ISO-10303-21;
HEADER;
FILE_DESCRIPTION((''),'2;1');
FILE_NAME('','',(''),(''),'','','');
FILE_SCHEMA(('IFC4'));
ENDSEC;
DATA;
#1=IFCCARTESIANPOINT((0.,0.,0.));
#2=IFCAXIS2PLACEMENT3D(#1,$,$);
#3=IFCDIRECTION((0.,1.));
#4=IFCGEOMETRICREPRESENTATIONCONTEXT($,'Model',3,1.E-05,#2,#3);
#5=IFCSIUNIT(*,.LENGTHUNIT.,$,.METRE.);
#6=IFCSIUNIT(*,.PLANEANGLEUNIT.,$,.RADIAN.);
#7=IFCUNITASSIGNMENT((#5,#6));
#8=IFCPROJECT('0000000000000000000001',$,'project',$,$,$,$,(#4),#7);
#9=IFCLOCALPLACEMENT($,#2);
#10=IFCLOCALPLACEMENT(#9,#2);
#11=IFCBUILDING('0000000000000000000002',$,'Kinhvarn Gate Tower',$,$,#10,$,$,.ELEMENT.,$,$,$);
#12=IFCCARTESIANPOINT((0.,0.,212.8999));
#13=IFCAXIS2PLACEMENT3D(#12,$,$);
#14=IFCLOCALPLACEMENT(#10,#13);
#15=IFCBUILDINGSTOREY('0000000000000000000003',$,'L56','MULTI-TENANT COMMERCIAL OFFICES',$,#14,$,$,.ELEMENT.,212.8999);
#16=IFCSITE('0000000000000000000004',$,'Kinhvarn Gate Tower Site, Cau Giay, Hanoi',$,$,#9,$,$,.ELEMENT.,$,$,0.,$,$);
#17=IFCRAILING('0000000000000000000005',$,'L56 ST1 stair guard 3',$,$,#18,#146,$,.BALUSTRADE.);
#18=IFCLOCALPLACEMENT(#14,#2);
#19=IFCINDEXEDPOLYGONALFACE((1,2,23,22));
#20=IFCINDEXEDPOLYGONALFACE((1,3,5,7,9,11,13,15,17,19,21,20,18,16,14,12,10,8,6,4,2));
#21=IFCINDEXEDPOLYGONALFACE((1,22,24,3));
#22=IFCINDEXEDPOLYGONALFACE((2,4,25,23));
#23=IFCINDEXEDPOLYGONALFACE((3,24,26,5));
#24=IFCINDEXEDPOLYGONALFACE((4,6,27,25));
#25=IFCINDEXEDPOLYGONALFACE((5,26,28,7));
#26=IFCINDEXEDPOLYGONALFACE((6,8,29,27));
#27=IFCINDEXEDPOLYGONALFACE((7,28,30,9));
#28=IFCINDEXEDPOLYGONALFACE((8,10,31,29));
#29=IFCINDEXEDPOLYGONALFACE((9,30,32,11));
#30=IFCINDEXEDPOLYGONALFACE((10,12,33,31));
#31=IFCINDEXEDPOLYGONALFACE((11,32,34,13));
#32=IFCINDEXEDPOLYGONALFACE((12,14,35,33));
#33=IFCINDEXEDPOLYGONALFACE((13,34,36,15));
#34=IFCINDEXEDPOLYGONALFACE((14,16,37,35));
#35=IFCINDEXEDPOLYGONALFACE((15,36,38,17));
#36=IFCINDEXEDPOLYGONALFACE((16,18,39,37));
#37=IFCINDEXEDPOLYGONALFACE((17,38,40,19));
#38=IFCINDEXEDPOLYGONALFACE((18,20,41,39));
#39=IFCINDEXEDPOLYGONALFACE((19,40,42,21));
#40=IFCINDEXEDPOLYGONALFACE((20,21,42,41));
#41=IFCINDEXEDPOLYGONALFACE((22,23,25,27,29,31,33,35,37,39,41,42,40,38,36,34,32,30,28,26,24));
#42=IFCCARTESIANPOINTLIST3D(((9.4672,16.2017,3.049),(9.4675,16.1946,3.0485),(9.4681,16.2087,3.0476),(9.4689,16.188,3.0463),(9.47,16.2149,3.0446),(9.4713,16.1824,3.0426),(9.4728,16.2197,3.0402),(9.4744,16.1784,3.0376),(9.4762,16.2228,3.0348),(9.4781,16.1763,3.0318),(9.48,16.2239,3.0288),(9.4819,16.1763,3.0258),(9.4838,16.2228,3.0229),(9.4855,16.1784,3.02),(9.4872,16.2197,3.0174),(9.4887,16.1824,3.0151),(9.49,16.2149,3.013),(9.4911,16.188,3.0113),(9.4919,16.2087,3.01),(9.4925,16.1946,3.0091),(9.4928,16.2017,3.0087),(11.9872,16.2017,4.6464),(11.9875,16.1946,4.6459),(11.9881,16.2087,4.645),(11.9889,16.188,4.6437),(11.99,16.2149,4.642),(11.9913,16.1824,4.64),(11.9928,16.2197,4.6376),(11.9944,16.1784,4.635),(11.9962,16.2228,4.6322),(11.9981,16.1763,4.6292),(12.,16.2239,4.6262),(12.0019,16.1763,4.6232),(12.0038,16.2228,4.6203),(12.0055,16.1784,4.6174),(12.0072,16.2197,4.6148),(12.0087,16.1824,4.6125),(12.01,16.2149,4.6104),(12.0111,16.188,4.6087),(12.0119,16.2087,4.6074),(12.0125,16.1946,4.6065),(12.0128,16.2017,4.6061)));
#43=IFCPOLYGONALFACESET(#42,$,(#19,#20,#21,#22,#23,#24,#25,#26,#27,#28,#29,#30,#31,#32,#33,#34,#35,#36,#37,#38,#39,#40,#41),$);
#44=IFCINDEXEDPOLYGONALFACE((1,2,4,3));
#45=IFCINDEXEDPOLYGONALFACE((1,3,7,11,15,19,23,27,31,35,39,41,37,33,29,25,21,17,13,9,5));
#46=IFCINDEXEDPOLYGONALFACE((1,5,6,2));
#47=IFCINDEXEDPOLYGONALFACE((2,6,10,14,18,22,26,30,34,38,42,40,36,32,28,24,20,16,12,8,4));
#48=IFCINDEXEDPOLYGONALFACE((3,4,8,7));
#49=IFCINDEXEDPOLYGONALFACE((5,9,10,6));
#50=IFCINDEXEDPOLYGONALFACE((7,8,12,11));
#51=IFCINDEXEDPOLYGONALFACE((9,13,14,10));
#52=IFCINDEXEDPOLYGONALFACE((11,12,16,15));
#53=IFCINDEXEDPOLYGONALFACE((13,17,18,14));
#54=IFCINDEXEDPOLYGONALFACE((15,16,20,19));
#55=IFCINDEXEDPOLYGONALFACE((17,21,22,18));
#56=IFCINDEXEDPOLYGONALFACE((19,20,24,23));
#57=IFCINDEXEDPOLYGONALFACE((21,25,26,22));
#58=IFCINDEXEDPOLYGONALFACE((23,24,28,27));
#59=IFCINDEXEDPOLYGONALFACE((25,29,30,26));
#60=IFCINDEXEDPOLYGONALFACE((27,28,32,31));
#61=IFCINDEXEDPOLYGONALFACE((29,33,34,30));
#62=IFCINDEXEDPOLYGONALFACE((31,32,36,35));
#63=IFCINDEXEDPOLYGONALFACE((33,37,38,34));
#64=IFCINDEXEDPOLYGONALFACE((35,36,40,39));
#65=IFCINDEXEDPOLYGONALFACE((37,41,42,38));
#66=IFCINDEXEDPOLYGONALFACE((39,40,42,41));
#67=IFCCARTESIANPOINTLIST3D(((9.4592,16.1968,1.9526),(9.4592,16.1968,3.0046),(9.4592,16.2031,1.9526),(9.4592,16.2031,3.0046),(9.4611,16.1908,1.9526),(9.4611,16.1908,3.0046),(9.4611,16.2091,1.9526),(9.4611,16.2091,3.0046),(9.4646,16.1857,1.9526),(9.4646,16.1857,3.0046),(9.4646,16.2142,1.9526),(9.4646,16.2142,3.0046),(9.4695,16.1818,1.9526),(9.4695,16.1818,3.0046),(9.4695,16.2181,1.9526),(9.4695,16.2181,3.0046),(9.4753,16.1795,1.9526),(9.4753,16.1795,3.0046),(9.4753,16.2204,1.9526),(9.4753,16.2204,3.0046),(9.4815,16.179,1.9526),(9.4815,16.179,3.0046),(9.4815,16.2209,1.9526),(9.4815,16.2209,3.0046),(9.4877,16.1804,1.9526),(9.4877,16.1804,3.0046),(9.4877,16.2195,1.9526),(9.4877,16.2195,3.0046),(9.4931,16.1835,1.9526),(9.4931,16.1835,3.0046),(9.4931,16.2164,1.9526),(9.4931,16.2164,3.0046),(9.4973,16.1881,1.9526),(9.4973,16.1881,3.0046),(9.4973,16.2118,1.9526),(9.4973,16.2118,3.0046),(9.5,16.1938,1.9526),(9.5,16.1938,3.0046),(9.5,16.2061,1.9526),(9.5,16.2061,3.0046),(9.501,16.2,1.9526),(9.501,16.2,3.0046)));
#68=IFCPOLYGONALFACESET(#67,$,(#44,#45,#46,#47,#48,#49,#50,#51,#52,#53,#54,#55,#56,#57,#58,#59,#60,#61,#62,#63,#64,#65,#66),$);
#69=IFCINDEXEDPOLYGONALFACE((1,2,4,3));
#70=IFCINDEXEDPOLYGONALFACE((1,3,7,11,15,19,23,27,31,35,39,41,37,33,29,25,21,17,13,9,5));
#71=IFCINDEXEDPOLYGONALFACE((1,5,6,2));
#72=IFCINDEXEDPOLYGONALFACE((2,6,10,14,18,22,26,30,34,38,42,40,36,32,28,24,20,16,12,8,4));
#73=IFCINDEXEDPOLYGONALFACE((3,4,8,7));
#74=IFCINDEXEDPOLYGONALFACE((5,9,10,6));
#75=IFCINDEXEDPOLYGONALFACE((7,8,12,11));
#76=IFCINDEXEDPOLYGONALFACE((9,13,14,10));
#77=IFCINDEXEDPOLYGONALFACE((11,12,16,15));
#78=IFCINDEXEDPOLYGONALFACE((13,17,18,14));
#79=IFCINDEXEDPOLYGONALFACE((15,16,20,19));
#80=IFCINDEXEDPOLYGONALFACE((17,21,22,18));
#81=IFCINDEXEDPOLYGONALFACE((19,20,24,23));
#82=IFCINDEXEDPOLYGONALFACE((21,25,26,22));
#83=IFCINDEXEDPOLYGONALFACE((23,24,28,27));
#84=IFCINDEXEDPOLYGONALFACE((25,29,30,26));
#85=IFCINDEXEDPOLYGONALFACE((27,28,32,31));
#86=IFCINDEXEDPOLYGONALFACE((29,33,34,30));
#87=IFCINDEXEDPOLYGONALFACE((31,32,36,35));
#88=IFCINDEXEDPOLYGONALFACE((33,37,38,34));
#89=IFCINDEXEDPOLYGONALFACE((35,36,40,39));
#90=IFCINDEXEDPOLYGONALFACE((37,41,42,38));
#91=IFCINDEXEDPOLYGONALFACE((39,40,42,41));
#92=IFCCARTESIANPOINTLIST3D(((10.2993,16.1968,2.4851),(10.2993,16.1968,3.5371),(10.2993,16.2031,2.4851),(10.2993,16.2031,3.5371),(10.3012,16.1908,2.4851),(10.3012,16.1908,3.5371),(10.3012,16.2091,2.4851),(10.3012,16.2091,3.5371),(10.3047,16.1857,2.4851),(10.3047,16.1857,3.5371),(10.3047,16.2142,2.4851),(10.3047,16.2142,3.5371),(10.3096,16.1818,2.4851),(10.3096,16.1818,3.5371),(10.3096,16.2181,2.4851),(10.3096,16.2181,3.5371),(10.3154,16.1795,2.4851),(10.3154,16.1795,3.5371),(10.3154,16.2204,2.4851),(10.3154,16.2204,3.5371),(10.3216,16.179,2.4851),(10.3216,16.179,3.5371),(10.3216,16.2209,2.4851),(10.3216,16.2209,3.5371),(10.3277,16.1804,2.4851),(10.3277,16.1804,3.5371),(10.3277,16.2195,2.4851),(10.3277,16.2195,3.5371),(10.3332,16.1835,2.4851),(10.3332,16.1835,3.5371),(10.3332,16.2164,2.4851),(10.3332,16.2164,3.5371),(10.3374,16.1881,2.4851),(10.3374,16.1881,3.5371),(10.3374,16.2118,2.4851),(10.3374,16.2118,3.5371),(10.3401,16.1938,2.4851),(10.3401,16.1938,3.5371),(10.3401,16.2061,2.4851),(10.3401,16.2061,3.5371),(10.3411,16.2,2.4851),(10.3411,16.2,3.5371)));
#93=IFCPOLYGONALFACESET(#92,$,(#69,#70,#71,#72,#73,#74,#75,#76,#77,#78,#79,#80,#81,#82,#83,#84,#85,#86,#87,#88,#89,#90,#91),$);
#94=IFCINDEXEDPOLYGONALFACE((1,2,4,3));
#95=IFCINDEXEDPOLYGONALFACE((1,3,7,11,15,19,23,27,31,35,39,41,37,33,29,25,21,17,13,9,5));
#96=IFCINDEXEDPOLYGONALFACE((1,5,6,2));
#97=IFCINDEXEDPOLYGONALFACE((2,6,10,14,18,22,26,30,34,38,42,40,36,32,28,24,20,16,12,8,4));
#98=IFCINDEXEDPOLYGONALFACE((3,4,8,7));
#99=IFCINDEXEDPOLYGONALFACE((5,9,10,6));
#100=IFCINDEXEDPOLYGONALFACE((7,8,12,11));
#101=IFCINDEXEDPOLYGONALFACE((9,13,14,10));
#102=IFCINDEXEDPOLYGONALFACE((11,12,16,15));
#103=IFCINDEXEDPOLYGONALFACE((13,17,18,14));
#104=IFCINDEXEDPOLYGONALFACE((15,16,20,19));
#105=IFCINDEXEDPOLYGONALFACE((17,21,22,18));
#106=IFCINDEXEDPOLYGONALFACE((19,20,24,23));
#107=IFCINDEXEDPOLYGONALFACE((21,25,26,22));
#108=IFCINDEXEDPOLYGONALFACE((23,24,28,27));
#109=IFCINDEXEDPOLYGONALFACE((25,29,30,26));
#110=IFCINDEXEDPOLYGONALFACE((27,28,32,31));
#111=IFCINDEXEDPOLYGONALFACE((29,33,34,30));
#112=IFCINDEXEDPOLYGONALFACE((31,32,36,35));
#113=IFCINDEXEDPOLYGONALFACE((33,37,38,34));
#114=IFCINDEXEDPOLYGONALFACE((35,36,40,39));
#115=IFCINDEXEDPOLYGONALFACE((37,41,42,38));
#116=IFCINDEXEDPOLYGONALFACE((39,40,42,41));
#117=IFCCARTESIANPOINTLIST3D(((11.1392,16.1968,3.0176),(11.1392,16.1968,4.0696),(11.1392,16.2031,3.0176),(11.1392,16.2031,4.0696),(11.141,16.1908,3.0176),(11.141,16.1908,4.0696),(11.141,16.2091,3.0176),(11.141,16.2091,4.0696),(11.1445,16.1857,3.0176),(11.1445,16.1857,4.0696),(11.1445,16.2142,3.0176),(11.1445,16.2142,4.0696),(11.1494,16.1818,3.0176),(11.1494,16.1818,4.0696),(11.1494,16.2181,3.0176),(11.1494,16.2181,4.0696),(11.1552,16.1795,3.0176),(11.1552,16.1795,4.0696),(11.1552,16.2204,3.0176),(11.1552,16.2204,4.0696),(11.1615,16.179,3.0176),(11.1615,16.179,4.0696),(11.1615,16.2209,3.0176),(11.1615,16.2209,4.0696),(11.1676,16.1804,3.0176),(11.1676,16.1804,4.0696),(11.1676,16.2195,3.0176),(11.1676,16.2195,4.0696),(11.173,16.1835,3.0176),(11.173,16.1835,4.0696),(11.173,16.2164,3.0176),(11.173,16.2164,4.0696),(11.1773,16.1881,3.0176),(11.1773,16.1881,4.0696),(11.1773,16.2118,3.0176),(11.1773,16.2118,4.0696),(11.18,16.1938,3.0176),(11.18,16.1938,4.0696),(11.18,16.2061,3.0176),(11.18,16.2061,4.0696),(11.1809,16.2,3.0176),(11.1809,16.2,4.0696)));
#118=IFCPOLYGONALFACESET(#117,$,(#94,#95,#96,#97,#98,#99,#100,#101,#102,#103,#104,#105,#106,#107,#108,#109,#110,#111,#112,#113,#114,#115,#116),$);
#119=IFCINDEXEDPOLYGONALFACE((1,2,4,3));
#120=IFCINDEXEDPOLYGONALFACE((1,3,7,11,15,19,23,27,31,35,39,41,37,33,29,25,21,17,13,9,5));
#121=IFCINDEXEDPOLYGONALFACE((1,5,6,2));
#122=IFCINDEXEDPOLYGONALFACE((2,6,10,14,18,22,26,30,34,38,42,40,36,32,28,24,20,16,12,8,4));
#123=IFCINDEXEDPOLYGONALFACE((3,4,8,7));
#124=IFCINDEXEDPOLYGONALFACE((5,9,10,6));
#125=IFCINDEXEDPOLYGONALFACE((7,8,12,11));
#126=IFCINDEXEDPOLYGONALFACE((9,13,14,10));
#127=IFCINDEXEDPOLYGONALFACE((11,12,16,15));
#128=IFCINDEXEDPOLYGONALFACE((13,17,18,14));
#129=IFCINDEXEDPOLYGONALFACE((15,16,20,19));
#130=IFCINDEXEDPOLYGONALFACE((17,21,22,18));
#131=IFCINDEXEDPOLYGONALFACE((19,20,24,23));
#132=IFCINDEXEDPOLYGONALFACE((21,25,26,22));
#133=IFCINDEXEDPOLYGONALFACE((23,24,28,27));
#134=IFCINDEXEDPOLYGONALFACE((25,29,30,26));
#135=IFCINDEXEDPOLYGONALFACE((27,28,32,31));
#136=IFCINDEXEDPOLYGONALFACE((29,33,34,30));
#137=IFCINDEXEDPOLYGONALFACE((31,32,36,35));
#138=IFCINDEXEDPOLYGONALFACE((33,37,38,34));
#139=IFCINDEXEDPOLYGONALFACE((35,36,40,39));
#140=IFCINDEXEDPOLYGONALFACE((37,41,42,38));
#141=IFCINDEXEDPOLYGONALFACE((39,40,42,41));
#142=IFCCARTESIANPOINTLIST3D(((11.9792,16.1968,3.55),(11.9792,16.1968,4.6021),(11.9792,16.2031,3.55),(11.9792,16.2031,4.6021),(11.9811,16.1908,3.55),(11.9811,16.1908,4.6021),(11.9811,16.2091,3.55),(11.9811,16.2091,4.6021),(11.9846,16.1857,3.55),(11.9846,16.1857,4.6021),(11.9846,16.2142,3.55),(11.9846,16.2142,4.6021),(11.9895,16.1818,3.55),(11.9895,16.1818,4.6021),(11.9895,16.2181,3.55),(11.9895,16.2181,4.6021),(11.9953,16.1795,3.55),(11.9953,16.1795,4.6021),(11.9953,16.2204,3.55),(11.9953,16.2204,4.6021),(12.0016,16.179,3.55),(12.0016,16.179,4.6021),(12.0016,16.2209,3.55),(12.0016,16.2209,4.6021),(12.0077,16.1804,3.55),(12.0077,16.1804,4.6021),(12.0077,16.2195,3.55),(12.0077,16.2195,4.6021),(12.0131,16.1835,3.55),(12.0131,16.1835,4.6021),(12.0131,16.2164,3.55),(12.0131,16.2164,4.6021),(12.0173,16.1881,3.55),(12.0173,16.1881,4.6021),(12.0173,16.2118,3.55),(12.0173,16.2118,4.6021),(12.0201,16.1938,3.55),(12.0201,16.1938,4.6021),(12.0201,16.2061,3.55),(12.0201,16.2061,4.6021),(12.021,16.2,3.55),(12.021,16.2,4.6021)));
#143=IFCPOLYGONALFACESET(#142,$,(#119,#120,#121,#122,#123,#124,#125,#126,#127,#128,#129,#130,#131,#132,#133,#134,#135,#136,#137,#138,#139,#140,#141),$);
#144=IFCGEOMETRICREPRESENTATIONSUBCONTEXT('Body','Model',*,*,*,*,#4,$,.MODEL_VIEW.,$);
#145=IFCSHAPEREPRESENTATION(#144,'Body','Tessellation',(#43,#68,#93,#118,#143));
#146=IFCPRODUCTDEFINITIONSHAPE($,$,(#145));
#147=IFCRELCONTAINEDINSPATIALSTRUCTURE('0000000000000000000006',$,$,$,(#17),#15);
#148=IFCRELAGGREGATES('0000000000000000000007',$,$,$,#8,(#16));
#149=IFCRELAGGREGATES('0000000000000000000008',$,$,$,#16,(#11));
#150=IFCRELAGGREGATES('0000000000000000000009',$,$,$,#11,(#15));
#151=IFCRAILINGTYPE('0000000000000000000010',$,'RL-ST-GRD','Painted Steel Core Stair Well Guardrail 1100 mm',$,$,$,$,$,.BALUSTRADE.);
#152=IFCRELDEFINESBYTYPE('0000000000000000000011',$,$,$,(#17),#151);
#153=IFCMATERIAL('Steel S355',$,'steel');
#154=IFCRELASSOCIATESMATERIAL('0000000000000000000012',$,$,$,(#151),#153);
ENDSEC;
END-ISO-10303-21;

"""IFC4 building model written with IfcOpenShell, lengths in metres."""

from ifc_helpers import new_model, si_unit, direction, frame, origin, origin_2d, place, context, subcontext, project, spatial, circle, extrude, material, type_object, element, save


model = new_model("IFC4")

# Units and contexts
model_context = context("Model", 3, precision=1e-05, world=origin(), true_north=direction((0.0, 1.0)))
body_context = subcontext(model_context, "Body", "Model", "MODEL_VIEW")
ifc_project = project(units=[si_unit("LENGTHUNIT", "METRE"), si_unit("PLANEANGLEUNIT", "RADIAN")], contexts=[model_context])

# Site, building, storey
site_placement = place(None, origin())
site = spatial("IfcSite", under=ifc_project, at=site_placement, Name="Kinhvarn Gate Tower Site, Cau Giay, Hanoi", CompositionType="ELEMENT", RefElevation=0.0)
building_placement = place(site_placement, origin())
building = spatial("IfcBuilding", under=site, at=building_placement, Name="Kinhvarn Gate Tower", CompositionType="ELEMENT")
storey_placement = place(building_placement, frame((0.0, 0.0, 212.8999)))
storey = spatial("IfcBuildingStorey", under=building, at=storey_placement, Name="L56", Description="MULTI-TENANT COMMERCIAL OFFICES", CompositionType="ELEMENT", Elevation=212.8999)

# Shared definitions
ifc_material_1 = material(Name="Steel S355", Category="steel")

# Railing
railing_type_1 = type_object("IfcRailingType", Name="RL-ST-GRD", Description="Painted Steel Core Stair Well Guardrail 1100 mm", PredefinedType="BALUSTRADE", material=ifc_material_1)
railing_1_placement = place(storey_placement, frame((9.48, 16.2, 1.9526)))
element("IfcRailing", 1, at=railing_1_placement, inside=storey, type_object=railing_type_1, Name="L56 ST1 stair guard 3", PredefinedType="BALUSTRADE", context=body_context, shape_type="SweptSolid", body=[
    extrude(circle(Radius=0.0239, at=origin_2d()), frame((0.0, 0.0, 1.0762), z_axis=(0.844607, 0.0, 0.535387), x_axis=(0.0, 1.0, 0.0)), (0.0, 0.0, 1.0), 2.9836),
    extrude(circle(Radius=0.021, at=origin_2d()), origin(), (0.0, 0.0, 1.0), 1.052),
    extrude(circle(Radius=0.021, at=origin_2d()), frame((0.8401, 0.0, 0.5325)), (0.0, 0.0, 1.0), 1.052),
    extrude(circle(Radius=0.021, at=origin_2d()), frame((1.6799, 0.0, 1.0649)), (0.0, 0.0, 1.0), 1.052),
    extrude(circle(Radius=0.021, at=origin_2d()), frame((2.52, 0.0, 1.5974)), (0.0, 0.0, 1.0), 1.052),
])

save(model, "model.ifc")
